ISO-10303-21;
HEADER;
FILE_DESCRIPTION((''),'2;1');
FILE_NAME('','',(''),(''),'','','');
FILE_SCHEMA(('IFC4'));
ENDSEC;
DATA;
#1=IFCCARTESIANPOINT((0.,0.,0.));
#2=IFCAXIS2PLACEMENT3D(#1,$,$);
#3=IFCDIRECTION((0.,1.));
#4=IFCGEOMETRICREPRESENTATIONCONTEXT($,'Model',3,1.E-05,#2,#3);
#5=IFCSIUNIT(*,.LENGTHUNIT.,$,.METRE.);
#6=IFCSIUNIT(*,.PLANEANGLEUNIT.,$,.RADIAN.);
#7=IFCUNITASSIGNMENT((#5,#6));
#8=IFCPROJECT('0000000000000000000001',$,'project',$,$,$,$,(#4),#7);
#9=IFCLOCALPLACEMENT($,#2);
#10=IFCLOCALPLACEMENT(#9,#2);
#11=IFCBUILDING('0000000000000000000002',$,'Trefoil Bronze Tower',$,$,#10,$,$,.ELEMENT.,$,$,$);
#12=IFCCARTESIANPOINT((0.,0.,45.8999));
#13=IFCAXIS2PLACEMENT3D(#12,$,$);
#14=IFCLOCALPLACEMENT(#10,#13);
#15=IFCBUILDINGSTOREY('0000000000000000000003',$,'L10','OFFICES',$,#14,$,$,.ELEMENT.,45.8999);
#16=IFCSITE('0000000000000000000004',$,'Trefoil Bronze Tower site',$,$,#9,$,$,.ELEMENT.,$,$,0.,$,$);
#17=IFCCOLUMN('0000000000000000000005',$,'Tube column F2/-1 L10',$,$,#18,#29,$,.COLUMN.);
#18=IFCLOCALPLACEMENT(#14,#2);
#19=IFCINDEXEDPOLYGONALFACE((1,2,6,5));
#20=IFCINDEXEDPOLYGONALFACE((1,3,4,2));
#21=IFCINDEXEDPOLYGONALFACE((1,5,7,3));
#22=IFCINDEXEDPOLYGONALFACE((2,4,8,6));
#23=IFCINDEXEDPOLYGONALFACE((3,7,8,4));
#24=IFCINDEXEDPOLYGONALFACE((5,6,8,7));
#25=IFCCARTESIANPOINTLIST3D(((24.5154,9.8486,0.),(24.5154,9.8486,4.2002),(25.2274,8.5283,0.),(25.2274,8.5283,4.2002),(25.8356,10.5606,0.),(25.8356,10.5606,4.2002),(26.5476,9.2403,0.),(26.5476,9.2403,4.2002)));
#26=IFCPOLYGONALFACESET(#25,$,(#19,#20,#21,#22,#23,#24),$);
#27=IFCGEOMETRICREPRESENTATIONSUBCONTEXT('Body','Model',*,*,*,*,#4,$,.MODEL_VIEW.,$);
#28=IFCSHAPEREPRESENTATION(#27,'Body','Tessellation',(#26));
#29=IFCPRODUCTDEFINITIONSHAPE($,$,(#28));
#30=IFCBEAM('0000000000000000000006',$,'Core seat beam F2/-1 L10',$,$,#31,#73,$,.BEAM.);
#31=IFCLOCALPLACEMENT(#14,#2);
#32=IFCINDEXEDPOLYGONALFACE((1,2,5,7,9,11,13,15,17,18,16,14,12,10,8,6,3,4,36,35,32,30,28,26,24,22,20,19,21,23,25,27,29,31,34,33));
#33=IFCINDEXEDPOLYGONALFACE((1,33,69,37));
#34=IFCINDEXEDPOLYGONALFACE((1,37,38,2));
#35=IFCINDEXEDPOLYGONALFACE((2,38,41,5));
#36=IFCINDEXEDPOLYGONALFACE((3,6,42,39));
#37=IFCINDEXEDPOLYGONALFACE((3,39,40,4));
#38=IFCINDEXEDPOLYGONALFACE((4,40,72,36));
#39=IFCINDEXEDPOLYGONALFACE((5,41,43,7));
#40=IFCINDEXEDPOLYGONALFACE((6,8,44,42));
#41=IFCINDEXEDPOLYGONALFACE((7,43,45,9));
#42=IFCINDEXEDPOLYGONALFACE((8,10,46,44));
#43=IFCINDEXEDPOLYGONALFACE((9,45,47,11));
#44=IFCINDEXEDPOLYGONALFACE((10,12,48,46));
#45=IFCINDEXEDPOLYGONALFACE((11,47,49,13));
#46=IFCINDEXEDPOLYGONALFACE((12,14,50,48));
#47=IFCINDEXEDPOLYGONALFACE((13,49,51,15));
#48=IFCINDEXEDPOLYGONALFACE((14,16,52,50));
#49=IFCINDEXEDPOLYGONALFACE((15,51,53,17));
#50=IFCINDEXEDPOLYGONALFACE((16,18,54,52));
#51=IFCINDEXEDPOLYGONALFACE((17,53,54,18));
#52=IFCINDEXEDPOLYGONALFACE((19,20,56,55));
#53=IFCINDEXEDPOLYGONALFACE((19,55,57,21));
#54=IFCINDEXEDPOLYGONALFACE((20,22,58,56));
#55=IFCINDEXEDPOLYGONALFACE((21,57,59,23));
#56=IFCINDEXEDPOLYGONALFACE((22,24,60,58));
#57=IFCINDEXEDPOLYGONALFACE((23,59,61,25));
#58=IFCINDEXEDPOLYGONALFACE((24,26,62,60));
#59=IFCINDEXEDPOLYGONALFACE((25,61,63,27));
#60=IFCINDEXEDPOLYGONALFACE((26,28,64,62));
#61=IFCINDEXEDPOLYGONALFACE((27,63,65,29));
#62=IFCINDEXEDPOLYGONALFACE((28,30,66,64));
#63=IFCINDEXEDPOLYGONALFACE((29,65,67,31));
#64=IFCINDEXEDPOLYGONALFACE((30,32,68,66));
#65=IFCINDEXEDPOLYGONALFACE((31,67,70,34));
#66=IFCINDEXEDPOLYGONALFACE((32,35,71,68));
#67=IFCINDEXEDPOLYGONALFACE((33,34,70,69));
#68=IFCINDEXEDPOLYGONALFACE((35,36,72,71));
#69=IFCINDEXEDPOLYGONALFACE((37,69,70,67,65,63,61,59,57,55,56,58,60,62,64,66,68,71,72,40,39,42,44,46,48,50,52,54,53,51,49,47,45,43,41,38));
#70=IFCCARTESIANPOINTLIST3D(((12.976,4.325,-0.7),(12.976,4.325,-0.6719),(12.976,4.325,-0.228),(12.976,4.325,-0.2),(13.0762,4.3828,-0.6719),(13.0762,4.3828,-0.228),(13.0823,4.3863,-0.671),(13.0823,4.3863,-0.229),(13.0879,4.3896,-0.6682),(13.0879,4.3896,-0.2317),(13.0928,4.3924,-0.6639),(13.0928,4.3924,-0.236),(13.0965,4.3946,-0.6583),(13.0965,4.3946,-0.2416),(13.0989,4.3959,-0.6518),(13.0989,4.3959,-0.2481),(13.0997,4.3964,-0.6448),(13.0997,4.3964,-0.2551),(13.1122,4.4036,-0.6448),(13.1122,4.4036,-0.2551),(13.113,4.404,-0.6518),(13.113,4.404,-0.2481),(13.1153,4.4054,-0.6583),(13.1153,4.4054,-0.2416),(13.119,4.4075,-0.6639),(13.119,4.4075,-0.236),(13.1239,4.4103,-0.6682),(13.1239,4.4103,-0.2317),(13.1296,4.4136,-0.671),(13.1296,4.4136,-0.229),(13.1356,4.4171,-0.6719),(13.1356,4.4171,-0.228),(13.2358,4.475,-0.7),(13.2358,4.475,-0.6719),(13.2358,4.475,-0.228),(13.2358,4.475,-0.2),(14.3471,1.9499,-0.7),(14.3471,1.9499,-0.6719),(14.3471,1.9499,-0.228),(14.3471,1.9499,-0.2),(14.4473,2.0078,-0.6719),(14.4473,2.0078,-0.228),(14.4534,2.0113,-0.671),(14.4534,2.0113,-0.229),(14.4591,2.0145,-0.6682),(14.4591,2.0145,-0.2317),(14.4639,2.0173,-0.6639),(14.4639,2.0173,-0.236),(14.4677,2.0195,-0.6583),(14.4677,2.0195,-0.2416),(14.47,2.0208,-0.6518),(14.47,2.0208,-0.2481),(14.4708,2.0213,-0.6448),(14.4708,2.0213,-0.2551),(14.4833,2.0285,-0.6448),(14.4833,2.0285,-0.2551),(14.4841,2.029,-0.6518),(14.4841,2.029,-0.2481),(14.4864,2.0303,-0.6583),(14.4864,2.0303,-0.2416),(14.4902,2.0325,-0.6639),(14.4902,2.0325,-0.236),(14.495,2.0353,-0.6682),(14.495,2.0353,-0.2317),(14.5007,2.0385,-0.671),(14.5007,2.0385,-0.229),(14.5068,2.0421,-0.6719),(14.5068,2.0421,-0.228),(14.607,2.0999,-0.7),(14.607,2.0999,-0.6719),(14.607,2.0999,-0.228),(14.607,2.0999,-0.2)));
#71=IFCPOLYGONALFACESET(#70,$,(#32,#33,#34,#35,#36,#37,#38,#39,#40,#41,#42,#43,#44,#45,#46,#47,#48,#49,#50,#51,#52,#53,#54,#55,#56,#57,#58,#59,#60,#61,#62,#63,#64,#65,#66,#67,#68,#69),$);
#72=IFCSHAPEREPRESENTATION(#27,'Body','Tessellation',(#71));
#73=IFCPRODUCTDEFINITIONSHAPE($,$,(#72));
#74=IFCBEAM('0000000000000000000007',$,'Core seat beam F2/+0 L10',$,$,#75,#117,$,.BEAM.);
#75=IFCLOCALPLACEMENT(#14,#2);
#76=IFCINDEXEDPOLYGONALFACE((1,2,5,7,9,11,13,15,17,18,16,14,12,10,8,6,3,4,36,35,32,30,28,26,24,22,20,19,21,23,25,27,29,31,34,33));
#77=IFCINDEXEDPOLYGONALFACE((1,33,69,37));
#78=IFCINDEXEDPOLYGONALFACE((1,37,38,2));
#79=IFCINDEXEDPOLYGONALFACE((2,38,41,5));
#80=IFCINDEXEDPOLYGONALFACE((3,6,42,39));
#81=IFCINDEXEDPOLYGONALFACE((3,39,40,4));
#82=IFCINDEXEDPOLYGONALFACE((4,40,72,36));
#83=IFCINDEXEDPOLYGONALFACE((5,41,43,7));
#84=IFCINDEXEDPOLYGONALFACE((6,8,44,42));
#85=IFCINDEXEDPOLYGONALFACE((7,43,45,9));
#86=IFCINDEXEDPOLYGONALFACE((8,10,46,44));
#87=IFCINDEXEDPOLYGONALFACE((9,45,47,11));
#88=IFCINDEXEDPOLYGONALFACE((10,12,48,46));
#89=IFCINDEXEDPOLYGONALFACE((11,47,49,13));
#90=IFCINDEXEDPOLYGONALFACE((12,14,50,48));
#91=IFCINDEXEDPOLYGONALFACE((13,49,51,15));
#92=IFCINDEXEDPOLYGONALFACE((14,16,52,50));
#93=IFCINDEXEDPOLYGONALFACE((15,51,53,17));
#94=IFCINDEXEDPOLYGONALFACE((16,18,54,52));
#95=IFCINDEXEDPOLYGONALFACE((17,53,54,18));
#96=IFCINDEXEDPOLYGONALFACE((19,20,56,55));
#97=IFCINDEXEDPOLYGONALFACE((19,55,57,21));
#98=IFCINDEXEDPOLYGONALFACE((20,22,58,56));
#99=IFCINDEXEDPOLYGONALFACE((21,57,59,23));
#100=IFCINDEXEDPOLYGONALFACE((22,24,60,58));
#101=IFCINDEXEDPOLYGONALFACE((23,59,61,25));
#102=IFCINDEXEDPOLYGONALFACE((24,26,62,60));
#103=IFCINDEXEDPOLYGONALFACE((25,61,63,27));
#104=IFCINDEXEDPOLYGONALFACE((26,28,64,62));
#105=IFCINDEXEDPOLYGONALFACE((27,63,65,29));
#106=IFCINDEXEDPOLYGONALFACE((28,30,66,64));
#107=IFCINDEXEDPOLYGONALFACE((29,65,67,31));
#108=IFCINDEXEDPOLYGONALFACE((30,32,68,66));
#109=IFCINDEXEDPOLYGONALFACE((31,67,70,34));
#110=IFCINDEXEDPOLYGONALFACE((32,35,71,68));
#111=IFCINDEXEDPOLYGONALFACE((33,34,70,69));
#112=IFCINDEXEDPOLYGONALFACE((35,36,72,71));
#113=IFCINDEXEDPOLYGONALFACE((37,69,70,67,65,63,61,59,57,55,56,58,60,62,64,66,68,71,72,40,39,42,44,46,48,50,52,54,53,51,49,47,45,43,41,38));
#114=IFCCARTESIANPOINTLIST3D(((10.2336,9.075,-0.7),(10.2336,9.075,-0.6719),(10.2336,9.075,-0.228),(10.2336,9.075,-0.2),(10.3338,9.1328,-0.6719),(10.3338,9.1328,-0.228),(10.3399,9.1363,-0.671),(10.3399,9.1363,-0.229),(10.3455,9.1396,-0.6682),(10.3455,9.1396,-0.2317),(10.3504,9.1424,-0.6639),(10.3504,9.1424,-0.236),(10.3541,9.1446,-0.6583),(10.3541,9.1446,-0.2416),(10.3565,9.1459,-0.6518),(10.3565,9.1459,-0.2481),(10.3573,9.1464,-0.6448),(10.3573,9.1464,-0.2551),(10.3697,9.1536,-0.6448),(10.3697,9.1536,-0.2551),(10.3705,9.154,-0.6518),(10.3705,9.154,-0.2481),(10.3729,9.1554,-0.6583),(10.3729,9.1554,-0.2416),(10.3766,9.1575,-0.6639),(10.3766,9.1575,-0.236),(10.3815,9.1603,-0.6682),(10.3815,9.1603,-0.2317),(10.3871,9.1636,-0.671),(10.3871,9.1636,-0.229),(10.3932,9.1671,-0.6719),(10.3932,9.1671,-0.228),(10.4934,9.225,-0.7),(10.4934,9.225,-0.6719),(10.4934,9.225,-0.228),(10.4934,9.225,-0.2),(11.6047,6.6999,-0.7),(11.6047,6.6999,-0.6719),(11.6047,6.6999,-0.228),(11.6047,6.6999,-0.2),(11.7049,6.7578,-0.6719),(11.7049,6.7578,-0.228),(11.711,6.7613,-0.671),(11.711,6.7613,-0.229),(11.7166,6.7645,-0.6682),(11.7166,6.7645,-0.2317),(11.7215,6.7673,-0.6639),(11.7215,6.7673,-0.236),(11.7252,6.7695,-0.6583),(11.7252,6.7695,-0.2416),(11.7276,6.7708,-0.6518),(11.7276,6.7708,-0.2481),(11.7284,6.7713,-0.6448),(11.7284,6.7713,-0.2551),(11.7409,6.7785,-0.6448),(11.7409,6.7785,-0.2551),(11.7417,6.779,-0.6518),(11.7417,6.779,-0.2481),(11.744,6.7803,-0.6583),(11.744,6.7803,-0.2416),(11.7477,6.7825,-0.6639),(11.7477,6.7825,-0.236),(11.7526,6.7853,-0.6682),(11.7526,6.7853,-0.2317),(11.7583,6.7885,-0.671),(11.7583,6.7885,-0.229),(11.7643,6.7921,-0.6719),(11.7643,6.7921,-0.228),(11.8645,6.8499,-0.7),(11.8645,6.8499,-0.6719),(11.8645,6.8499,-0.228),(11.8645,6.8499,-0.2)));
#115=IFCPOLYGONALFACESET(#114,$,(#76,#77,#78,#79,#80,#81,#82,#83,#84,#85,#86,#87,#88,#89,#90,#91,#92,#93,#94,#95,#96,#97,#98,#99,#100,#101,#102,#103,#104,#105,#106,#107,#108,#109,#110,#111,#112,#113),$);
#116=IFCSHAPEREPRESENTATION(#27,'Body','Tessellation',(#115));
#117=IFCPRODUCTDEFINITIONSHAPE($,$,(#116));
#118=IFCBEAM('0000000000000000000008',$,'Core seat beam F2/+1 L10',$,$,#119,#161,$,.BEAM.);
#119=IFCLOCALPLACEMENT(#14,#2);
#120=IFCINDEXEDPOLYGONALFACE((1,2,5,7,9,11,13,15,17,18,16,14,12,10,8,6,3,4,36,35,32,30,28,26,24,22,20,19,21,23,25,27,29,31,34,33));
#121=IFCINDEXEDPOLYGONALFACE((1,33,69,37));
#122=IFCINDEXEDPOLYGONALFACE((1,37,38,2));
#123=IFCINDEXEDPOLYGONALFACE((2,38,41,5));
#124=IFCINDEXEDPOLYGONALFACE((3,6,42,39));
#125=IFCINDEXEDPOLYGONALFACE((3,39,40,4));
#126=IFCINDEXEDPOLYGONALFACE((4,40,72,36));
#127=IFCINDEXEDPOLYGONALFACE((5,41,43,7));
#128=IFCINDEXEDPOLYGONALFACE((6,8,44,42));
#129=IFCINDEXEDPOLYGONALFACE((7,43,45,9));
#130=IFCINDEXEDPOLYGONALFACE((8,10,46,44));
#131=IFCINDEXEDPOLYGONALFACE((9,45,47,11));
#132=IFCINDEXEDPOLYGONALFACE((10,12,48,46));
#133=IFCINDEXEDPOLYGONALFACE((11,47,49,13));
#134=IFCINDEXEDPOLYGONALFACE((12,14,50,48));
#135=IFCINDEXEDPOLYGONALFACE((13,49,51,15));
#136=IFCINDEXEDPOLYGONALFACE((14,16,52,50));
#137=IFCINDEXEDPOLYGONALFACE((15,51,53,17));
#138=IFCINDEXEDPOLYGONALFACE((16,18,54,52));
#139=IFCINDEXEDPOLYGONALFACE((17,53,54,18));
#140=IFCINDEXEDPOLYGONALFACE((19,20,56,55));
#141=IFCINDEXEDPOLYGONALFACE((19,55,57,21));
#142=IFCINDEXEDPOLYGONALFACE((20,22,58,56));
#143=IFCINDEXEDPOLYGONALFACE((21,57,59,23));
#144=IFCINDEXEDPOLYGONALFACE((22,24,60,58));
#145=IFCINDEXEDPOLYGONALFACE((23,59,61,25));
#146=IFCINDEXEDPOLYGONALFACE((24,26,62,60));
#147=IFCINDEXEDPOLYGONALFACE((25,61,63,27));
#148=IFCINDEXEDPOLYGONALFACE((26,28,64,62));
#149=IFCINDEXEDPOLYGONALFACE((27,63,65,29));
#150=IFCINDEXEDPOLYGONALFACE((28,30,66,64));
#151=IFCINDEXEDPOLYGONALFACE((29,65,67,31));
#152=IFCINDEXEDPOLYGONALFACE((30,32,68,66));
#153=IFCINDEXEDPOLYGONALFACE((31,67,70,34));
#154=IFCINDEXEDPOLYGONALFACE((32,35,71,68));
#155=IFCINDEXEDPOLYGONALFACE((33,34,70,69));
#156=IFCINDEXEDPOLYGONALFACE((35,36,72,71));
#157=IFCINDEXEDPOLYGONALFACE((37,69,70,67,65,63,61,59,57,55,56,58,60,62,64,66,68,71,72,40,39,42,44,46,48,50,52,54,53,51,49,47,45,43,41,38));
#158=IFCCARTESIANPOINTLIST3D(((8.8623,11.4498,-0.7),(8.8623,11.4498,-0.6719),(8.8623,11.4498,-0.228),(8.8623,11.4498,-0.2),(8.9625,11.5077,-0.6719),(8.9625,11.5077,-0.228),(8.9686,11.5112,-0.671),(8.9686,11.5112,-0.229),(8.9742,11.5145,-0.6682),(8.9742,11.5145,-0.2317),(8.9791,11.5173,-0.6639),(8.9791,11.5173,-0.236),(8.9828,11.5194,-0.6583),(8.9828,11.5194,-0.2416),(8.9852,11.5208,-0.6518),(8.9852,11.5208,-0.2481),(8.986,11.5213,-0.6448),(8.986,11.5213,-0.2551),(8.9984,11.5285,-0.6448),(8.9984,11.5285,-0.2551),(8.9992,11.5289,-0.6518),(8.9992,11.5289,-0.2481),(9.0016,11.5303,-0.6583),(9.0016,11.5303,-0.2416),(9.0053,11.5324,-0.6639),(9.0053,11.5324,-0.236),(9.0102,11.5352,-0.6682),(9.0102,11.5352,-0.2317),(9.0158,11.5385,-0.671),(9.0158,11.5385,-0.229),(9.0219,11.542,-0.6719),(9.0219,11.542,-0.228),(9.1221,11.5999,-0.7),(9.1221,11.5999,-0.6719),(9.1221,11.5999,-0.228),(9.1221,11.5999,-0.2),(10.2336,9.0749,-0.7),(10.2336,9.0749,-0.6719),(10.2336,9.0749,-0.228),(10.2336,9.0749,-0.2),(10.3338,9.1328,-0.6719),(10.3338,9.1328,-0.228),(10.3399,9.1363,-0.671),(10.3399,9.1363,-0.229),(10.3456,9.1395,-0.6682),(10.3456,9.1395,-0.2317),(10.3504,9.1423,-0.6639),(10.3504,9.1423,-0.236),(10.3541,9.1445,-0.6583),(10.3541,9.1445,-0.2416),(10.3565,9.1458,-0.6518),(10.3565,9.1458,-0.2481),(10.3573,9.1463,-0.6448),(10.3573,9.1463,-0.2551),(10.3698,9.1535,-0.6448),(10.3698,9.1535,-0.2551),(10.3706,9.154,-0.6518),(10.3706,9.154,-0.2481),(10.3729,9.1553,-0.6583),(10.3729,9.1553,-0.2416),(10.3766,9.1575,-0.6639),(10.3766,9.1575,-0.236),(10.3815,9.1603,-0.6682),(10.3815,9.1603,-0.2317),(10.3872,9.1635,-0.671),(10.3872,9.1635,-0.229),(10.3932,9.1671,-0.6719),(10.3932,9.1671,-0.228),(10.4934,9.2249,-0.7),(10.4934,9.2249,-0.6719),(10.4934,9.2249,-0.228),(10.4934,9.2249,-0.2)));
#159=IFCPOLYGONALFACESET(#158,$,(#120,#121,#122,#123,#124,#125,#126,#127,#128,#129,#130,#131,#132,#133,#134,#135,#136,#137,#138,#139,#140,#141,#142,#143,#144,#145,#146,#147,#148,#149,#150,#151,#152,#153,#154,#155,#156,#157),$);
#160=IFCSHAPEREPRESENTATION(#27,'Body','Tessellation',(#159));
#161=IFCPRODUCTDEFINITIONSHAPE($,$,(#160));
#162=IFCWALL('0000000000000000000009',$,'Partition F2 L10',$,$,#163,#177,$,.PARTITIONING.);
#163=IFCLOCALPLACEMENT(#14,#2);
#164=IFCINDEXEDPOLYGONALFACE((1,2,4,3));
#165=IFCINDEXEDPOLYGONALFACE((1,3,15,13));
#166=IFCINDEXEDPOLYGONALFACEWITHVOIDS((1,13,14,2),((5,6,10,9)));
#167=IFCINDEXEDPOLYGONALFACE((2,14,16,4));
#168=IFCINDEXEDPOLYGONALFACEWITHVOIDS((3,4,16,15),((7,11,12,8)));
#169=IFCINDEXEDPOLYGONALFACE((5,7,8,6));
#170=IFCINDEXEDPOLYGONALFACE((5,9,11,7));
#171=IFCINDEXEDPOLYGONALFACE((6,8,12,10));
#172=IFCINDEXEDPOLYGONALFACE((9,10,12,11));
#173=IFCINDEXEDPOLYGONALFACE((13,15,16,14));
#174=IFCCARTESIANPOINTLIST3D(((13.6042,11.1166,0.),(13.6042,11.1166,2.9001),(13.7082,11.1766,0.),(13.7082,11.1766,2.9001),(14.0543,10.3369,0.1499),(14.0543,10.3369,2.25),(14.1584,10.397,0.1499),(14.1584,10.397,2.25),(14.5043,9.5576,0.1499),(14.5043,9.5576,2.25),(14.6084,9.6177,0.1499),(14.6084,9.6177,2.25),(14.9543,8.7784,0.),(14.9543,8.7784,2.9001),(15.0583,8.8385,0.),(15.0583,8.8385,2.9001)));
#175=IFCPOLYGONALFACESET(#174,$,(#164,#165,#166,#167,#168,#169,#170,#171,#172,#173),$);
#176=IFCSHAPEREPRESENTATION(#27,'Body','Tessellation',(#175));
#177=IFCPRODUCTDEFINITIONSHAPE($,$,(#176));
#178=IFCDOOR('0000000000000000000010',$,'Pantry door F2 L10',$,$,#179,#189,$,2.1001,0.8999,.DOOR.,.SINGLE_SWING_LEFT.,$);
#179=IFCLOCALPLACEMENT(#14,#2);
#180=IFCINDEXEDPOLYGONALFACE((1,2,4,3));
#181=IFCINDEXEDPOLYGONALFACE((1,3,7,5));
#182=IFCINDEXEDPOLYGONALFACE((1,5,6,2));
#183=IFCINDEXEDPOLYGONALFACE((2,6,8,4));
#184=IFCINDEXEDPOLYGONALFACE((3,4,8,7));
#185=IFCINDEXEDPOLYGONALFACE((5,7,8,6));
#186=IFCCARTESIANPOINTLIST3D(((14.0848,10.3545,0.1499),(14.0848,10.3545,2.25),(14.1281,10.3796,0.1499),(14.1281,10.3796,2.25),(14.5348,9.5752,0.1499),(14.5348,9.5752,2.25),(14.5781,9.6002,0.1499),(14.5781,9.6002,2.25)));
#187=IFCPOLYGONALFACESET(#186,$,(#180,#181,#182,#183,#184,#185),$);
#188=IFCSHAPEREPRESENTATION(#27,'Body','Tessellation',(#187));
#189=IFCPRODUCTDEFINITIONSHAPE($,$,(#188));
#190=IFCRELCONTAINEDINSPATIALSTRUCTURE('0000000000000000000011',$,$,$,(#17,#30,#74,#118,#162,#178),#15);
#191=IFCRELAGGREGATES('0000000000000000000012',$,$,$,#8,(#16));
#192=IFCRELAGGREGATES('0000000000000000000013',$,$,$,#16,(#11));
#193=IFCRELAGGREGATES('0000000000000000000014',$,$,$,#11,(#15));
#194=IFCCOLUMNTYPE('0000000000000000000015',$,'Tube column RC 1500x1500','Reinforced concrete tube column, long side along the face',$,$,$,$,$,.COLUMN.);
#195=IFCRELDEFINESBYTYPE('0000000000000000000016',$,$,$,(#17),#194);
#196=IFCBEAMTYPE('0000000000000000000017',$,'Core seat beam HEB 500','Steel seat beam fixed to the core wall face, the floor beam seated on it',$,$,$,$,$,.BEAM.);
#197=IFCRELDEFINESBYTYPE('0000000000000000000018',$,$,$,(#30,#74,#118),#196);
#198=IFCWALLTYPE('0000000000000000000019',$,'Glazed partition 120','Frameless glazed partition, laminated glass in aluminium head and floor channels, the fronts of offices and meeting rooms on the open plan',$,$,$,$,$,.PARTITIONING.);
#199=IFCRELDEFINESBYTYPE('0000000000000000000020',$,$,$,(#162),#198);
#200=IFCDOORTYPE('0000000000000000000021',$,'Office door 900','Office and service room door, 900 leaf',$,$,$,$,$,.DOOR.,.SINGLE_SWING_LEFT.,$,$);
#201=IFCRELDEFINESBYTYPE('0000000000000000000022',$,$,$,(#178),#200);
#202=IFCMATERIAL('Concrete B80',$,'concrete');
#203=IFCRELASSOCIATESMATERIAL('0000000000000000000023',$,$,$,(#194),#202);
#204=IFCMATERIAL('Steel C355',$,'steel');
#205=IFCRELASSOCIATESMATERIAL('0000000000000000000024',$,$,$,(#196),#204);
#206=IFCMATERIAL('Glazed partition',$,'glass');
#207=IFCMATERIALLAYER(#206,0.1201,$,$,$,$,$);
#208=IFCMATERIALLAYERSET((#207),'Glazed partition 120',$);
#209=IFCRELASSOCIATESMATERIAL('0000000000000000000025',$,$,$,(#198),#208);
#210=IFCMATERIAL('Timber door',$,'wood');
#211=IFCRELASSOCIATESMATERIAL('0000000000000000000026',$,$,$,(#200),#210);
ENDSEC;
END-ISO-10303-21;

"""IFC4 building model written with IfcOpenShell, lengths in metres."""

from ifc_helpers import new_model, si_unit, direction, frame, frame_2d, origin, origin_2d, place, context, subcontext, project, spatial, rectangle, i_section, extrude, material, layer, layer_set, material_profile, profile_set, type_object, element, fill, save


model = new_model("IFC4")

# Units and contexts
model_context = context("Model", 3, precision=1e-05, world=origin(), true_north=direction((0.0, 1.0)))
body_context = subcontext(model_context, "Body", "Model", "MODEL_VIEW")
ifc_project = project(units=[si_unit("LENGTHUNIT", "METRE"), si_unit("PLANEANGLEUNIT", "RADIAN")], contexts=[model_context])

# Site, building, storey
site_placement = place(None, origin())
site = spatial("IfcSite", under=ifc_project, at=site_placement, Name="Trefoil Bronze Tower site", CompositionType="ELEMENT", RefElevation=0.0)
building_placement = place(site_placement, origin())
building = spatial("IfcBuilding", under=site, at=building_placement, Name="Trefoil Bronze Tower", CompositionType="ELEMENT")
storey_placement = place(building_placement, frame((0.0, 0.0, 45.8999)))
storey = spatial("IfcBuildingStorey", under=building, at=storey_placement, Name="L10", Description="OFFICES", CompositionType="ELEMENT", Elevation=45.8999)

# Column
ifc_material_1 = material(Name="Concrete B80", Category="concrete")
ifc_material_profile_1 = material_profile(ifc_material_1, rectangle(XDim=1.5, YDim=1.5, at=origin_2d()), Name="RC 1500x1500")
ifc_profile_set_1 = profile_set([ifc_material_profile_1], Name="Concrete B80")
column_type = type_object("IfcColumnType", Name="Tube column RC 1500x1500", Description="Reinforced concrete tube column, long side along the face", PredefinedType="COLUMN", material=ifc_profile_set_1)
column_placement = place(storey_placement, frame((25.5315, 9.5444, 0.0), z_axis=(0.0, 0.0, 1.0), x_axis=(-0.474656, 0.880171, 0.0)))
element("IfcColumn", 1, at=column_placement, inside=storey, type_object=column_type, Name="Tube column F2/-1 L10", PredefinedType="COLUMN", context=body_context, shape_type="SweptSolid", body=[
    extrude(rectangle(XDim=1.5, YDim=1.5, at=origin_2d()), origin(), (0.0, 0.0, 1.0), 4.2002),
])

# Beams
ifc_material_2 = material(Name="Steel C355", Category="steel")
ifc_material_profile_2 = material_profile(ifc_material_2, i_section(OverallWidth=0.3, OverallDepth=0.5, WebThickness=0.0144, FlangeThickness=0.0281, FilletRadius=0.0271, at=origin_2d()), Name="HEB 500")
ifc_profile_set_2 = profile_set([ifc_material_profile_2], Name="Steel C355")
beam_type = type_object("IfcBeamType", Name="Core seat beam HEB 500", Description="Steel seat beam fixed to the core wall face, the floor beam seated on it", PredefinedType="BEAM", material=ifc_profile_set_2)
for number, where, z_axis, x_axis, name in (
    (2, (14.4771, 2.0249, -0.45), (-0.499969, 0.866043, 0.0), (-0.866043, -0.499969, 0.0), "Core seat beam F2/-1 L10"),
    (3, (11.7346, 6.7749, -0.45), (-0.499969, 0.866043, 0.0), (-0.866043, -0.499969, 0.0), "Core seat beam F2/+0 L10"),
    (4, (10.3635, 9.1499, -0.45), (-0.500036, 0.866005, 0.0), (-0.866005, -0.500036, 0.0), "Core seat beam F2/+1 L10"),
):
    element("IfcBeam", number, at=place(storey_placement, frame(where, z_axis=z_axis, x_axis=x_axis)), inside=storey, type_object=beam_type, Name=name, PredefinedType="BEAM", context=body_context, shape_type="SweptSolid", body=[
        extrude(i_section(OverallWidth=0.3, OverallDepth=0.5, WebThickness=0.0144, FlangeThickness=0.0281, FilletRadius=0.0271, at=origin_2d()), origin(), (0.0, 0.0, 1.0), 2.7424),
    ])

# Wall, opening, door
ifc_material_3 = material(Name="Glazed partition", Category="glass")
ifc_layer_1 = layer(ifc_material_3, 0.1201)
ifc_layer_set_1 = layer_set([ifc_layer_1], Name="Glazed partition 120")
wall_type_1 = type_object("IfcWallType", Name="Glazed partition 120", Description="Frameless glazed partition, laminated glass in aluminium head and floor channels, the fronts of offices and meeting rooms on the open plan", PredefinedType="PARTITIONING", material=ifc_layer_set_1)
wall_1_placement = place(storey_placement, frame((15.0063, 8.8083, 0.0), z_axis=(0.0, 0.0, 1.0), x_axis=(-0.500049, 0.865997, 0.0)))
wall_1 = element("IfcWall", 5, at=wall_1_placement, inside=storey, type_object=wall_type_1, Name="Partition F2 L10", PredefinedType="PARTITIONING", context=body_context, shape_type="SweptSolid", body=[
    extrude(rectangle(XDim=2.7, YDim=0.1201, at=frame_2d((1.3501, 0.0))), origin(), (0.0, 0.0, 1.0), 2.9001),
])
opening_1_placement = place(wall_1_placement, frame((0.8999, 0.0, 0.1499)))
opening_1 = element("IfcOpeningElement", 6, at=opening_1_placement, cuts=wall_1, PredefinedType="OPENING", context=body_context, shape_type="SweptSolid", body=[
    extrude(rectangle(XDim=0.8999, YDim=2.1001, at=frame_2d((0.45, 1.05))), frame((0.0, 0.0701, 0.0), z_axis=(0.0, -1.0, 0.0), x_axis=(1.0, 0.0, 0.0)), (0.0, 0.0, 1.0), 0.1401),
])
ifc_material_4 = material(Name="Timber door", Category="wood")
door_type_1 = type_object("IfcDoorType", Name="Office door 900", Description="Office and service room door, 900 leaf", OperationType="SINGLE_SWING_LEFT", PredefinedType="DOOR", material=ifc_material_4)
door_1_placement = place(opening_1_placement, origin())
door_1 = element("IfcDoor", 7, at=door_1_placement, inside=storey, type_object=door_type_1, Name="Pantry door F2 L10", OperationType="SINGLE_SWING_LEFT", OverallHeight=2.1001, OverallWidth=0.8999, PredefinedType="DOOR", context=body_context, shape_type="SweptSolid", body=[
    extrude(rectangle(XDim=0.8999, YDim=2.1001, at=frame_2d((0.45, 1.05))), frame((0.0, 0.0249, 0.0), z_axis=(0.0, -1.0, 0.0), x_axis=(1.0, 0.0, 0.0)), (0.0, 0.0, 1.0), 0.05),
])
fill(opening_1, door_1)

save(model, "model.ifc")
